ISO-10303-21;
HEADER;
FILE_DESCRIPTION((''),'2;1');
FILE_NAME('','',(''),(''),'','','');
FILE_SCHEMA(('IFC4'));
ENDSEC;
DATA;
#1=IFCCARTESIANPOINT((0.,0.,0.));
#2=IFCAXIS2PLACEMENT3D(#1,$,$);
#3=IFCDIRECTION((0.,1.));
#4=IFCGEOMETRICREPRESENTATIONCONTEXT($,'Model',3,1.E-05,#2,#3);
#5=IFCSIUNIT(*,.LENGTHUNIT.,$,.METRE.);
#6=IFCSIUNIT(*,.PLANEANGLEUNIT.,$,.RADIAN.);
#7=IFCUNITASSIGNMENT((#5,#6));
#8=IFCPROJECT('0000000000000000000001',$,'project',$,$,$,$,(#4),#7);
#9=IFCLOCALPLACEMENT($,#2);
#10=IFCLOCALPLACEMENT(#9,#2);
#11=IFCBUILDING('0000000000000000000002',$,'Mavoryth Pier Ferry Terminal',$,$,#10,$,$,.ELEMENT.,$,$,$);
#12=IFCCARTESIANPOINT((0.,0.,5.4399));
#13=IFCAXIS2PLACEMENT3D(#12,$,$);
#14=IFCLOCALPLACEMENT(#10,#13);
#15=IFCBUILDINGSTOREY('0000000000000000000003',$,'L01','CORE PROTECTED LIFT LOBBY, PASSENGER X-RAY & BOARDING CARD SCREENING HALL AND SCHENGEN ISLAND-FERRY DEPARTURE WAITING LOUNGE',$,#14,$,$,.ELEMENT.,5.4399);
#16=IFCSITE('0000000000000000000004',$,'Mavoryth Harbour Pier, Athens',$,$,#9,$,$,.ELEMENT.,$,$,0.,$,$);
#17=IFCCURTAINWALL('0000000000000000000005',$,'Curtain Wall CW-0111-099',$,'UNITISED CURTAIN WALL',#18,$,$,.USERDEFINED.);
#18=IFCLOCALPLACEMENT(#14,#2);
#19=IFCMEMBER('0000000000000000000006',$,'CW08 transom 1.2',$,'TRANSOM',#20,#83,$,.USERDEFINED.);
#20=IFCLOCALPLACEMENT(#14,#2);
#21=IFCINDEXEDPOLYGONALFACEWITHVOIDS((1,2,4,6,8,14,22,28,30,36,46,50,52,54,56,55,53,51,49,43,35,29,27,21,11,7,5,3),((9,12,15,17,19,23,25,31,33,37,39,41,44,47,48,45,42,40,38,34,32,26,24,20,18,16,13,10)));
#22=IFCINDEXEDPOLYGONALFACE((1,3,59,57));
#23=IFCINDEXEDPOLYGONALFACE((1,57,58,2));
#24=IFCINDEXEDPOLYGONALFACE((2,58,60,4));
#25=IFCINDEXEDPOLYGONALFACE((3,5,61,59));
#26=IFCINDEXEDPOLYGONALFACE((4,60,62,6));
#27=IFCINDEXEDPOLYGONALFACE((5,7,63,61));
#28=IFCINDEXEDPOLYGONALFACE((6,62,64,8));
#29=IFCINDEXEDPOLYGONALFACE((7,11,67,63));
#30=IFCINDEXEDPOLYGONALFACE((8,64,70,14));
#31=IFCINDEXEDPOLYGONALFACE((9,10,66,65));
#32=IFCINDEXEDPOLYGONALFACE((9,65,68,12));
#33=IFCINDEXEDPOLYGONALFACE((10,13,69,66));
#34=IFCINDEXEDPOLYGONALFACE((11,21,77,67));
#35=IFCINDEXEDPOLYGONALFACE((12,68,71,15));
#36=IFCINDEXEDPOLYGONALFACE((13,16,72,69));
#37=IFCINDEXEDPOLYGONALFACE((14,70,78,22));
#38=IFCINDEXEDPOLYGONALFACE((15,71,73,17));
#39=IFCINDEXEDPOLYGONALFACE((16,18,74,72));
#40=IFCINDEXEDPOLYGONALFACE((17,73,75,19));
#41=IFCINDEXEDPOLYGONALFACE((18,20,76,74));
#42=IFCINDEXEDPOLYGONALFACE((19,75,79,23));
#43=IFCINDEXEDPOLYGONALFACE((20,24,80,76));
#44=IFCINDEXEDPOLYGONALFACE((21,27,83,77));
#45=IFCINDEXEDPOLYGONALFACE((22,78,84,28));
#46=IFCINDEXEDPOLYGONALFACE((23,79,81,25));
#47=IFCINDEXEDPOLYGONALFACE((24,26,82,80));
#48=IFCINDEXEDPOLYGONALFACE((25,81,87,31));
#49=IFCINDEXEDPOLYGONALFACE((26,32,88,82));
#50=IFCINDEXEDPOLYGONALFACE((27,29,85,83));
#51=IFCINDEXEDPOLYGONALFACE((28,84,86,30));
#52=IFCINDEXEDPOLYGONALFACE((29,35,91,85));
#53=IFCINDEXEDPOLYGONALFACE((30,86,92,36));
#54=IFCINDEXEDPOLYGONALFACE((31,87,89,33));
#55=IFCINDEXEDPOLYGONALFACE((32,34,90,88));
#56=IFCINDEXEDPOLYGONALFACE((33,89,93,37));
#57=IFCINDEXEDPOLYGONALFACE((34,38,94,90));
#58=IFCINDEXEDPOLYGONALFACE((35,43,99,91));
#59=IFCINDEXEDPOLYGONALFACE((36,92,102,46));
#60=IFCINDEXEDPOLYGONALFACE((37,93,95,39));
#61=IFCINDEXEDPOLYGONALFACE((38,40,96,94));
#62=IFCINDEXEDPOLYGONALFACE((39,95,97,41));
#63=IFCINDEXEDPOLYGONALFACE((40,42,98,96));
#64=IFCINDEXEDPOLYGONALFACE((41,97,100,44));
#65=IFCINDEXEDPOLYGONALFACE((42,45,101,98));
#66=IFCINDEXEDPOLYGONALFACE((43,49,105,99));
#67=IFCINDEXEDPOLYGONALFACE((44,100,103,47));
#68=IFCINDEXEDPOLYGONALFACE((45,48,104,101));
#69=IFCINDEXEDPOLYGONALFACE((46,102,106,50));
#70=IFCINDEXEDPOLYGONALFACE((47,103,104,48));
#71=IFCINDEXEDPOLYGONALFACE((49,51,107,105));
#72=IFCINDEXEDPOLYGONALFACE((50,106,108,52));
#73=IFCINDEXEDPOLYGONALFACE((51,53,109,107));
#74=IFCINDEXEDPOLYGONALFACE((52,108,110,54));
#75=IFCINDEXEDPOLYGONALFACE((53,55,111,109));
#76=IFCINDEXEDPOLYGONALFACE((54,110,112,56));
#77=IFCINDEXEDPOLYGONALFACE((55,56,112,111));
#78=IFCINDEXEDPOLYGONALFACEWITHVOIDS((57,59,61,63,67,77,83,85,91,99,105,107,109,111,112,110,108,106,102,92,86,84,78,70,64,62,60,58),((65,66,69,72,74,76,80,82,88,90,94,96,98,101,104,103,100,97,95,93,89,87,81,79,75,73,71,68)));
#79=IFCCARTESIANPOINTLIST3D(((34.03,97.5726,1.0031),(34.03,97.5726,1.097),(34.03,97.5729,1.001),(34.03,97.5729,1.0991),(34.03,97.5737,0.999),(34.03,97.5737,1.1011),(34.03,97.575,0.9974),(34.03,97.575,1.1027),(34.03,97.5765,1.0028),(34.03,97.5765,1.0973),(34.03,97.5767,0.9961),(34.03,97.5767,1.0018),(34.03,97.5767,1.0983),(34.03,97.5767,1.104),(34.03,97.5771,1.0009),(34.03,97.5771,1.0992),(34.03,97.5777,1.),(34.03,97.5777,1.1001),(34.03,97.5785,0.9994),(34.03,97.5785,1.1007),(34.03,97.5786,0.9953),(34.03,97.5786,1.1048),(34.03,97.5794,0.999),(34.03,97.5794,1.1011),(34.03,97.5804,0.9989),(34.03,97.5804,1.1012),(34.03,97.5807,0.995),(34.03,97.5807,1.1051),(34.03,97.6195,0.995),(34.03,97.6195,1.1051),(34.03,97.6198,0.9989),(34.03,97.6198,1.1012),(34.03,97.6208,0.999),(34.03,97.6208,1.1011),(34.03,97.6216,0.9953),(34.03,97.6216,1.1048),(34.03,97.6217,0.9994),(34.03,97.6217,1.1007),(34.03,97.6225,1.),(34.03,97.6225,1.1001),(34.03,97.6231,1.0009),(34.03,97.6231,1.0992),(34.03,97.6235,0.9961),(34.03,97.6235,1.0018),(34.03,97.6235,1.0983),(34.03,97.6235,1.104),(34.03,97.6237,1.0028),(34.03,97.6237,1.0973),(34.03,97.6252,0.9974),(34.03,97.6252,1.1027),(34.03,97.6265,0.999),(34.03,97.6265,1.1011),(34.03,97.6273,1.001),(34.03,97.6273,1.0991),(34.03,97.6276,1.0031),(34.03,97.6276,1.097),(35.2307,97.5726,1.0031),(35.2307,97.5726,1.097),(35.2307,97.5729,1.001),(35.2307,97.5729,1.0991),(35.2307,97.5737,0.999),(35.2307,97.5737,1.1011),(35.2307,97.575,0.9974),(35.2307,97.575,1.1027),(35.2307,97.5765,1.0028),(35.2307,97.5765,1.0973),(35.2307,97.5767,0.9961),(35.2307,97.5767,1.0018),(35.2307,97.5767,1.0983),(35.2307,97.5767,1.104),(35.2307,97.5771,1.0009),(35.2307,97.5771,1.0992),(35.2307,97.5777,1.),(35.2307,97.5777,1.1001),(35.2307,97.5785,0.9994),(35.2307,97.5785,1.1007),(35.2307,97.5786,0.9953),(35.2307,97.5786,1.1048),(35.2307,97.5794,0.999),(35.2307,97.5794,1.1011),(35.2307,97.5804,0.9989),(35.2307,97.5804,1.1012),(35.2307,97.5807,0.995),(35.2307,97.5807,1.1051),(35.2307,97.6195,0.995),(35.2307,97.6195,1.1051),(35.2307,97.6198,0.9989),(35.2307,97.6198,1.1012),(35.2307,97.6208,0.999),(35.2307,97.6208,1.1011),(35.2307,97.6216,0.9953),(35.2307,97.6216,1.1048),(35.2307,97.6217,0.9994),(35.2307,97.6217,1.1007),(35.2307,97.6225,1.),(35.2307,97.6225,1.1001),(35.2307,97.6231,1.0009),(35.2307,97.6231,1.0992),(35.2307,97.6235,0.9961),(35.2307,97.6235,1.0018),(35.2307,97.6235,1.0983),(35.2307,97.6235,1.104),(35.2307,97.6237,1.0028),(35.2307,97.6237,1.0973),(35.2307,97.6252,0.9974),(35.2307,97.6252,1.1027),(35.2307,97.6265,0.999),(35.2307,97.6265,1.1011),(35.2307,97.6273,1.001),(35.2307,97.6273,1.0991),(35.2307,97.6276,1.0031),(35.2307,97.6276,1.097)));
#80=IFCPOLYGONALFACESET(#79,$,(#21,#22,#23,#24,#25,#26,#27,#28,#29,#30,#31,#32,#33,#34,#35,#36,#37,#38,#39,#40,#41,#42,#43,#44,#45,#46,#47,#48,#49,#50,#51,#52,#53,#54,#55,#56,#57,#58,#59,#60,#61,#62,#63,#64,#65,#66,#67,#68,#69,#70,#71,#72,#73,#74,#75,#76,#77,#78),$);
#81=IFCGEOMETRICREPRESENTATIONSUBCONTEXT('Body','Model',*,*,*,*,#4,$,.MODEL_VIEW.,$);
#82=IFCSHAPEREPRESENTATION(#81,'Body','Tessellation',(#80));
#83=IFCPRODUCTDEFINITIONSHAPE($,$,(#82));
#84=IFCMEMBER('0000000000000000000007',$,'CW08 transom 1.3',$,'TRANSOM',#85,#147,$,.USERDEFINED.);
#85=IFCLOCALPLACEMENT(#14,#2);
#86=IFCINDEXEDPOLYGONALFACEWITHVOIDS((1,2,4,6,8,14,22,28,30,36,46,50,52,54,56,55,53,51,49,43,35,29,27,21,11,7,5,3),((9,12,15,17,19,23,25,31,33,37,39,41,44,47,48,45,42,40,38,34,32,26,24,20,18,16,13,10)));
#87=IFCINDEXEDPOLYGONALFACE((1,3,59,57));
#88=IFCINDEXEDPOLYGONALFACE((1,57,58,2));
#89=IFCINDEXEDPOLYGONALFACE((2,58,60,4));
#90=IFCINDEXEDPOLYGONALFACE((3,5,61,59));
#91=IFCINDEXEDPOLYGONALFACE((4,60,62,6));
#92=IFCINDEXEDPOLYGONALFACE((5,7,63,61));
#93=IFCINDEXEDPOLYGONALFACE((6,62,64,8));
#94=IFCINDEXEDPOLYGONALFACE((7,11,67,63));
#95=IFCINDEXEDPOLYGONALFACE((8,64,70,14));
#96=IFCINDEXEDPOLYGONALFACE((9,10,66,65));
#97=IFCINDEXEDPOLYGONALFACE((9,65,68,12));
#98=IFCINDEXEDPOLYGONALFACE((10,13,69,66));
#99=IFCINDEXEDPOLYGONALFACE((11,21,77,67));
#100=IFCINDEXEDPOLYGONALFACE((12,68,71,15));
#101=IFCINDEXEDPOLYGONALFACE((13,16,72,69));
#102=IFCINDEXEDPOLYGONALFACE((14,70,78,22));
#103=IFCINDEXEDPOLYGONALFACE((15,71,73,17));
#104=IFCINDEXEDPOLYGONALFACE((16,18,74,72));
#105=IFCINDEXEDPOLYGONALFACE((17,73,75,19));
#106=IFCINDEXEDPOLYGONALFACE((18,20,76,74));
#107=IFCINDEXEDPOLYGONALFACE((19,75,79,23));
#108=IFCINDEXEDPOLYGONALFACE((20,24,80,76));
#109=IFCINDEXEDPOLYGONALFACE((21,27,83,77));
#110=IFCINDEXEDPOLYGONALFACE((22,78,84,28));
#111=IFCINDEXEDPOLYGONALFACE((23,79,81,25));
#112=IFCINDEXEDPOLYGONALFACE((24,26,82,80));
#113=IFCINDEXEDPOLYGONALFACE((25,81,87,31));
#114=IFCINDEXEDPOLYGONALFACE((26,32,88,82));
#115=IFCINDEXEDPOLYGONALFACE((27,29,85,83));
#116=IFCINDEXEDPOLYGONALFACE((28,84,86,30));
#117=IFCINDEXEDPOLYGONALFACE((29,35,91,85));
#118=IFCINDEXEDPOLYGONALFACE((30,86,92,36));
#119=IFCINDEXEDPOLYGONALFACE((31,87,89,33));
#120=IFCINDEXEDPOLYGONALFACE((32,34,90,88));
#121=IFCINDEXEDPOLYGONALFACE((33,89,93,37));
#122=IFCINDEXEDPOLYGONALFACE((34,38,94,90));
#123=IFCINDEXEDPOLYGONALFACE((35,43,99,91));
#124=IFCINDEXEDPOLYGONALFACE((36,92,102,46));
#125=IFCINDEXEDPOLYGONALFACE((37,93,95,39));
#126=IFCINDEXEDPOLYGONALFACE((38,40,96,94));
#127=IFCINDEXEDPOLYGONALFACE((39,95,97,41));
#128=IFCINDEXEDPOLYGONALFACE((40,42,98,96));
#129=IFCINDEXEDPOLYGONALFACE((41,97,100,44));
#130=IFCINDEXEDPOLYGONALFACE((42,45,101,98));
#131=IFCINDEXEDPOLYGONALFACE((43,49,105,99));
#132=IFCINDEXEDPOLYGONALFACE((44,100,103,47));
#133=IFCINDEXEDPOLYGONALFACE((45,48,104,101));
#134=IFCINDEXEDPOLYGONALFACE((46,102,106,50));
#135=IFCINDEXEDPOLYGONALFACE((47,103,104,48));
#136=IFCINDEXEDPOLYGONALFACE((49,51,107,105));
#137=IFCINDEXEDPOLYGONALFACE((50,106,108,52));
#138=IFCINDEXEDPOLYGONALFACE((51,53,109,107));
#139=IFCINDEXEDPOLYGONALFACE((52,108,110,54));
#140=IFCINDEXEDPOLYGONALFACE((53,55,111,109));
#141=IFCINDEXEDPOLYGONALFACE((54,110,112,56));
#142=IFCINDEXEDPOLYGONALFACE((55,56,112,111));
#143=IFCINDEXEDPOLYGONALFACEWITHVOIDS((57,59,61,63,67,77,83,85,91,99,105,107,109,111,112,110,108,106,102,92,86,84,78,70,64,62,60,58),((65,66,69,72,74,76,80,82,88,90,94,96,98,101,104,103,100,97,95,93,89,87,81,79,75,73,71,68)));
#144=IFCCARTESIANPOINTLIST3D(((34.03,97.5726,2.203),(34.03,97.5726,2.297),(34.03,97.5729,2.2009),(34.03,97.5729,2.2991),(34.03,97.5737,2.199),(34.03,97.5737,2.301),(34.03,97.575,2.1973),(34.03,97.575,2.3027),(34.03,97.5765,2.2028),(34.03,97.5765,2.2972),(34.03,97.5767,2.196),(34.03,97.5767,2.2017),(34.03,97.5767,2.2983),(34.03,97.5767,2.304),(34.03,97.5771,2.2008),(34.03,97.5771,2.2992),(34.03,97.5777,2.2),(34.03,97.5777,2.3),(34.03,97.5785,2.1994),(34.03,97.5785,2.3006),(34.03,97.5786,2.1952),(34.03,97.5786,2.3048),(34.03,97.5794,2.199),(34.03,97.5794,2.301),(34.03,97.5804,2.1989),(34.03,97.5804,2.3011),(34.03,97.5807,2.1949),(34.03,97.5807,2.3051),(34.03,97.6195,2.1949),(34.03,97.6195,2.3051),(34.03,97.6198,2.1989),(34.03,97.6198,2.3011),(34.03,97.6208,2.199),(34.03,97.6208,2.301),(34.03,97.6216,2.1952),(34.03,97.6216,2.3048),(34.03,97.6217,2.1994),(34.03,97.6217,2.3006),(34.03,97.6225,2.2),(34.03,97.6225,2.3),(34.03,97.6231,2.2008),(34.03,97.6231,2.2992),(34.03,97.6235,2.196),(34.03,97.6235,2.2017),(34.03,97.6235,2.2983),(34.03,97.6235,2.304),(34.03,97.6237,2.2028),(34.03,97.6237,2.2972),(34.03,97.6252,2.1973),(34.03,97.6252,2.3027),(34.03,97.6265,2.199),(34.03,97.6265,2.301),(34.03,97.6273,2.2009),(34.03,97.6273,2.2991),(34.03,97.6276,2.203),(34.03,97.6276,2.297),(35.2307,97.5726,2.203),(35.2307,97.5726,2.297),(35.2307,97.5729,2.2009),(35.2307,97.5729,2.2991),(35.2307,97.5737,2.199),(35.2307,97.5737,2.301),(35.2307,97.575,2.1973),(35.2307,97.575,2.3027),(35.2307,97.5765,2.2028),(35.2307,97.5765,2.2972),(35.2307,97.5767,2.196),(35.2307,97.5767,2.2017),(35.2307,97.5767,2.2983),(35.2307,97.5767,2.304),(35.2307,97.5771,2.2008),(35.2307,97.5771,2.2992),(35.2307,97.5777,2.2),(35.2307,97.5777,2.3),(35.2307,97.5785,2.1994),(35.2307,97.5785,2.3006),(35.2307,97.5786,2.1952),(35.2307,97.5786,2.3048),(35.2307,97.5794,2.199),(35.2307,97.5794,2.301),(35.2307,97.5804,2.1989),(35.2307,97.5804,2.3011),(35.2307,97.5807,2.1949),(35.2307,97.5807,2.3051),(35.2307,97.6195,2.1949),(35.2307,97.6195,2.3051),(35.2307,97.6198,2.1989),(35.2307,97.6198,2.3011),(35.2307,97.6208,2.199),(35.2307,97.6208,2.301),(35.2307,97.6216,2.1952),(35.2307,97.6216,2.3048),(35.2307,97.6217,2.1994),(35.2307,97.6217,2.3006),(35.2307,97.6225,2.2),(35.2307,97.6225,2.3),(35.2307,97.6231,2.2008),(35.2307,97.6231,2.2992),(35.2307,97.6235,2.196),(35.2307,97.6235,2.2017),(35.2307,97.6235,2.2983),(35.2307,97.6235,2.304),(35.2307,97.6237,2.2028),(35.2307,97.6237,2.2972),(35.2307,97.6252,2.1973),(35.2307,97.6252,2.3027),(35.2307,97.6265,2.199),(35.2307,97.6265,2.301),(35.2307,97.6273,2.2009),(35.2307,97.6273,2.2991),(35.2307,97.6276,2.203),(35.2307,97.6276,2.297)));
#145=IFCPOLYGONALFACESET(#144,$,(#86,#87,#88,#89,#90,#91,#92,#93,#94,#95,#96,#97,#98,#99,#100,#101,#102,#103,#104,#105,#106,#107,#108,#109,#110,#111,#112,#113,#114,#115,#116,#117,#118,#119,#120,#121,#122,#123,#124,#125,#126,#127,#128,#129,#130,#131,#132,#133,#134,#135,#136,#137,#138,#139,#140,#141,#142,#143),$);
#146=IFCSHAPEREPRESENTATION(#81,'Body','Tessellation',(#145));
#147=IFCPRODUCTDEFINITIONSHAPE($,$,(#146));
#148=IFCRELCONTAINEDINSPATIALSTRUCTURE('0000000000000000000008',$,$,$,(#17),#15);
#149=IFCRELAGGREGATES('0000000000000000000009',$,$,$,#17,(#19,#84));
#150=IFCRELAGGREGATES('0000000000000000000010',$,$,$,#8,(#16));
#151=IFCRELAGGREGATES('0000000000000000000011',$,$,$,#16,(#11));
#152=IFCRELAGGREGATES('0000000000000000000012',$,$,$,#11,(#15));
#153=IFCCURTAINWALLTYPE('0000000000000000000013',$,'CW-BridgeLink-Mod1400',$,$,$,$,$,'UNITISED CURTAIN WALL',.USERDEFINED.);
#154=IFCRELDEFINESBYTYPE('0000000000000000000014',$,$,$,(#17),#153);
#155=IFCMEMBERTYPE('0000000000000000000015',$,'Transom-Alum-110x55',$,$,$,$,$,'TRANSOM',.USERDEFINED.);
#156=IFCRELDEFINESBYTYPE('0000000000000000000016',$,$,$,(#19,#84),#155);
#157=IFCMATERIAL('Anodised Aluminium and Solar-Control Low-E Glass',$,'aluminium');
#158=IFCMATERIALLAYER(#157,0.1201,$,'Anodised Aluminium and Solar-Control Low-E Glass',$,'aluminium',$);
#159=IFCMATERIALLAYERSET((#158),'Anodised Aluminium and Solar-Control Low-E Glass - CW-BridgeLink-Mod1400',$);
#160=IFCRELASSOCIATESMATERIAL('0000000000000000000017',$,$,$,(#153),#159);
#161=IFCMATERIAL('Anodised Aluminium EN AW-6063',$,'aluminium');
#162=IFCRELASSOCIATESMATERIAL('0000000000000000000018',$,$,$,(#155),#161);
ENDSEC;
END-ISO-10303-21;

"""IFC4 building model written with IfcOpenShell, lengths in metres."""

from ifc_helpers import new_model, si_unit, direction, frame, origin, origin_2d, place, context, subcontext, project, spatial, hollow_rectangle, extrude, material, layer, layer_set, material_profile, profile_set, type_object, element, aggregate, save


model = new_model("IFC4")

# Units and contexts
model_context = context("Model", 3, precision=1e-05, world=origin(), true_north=direction((0.0, 1.0)))
body_context = subcontext(model_context, "Body", "Model", "MODEL_VIEW")
ifc_project = project(units=[si_unit("LENGTHUNIT", "METRE"), si_unit("PLANEANGLEUNIT", "RADIAN")], contexts=[model_context])

# Site, building, storey
site_placement = place(None, origin())
site = spatial("IfcSite", under=ifc_project, at=site_placement, Name="Mavoryth Harbour Pier, Athens", CompositionType="ELEMENT", RefElevation=0.0)
building_placement = place(site_placement, origin())
building = spatial("IfcBuilding", under=site, at=building_placement, Name="Mavoryth Pier Ferry Terminal", CompositionType="ELEMENT")
storey_placement = place(building_placement, frame((0.0, 0.0, 5.4399)))
storey = spatial("IfcBuildingStorey", under=building, at=storey_placement, Name="L01", Description="CORE PROTECTED LIFT LOBBY, PASSENGER X-RAY & BOARDING CARD SCREENING HALL AND SCHENGEN ISLAND-FERRY DEPARTURE WAITING LOUNGE", CompositionType="ELEMENT", Elevation=5.4399)

# Shared definitions
ifc_material_1 = material(Name="Anodised Aluminium and Solar-Control Low-E Glass", Category="aluminium")
ifc_layer_1 = layer(ifc_material_1, 0.1201, Name="Anodised Aluminium and Solar-Control Low-E Glass", Category="aluminium")
ifc_layer_set_1 = layer_set([ifc_layer_1], Name="Anodised Aluminium and Solar-Control Low-E Glass - CW-BridgeLink-Mod1400")
curtain_wall_type = type_object("IfcCurtainWallType", Name="CW-BridgeLink-Mod1400", ElementType="UNITISED CURTAIN WALL", PredefinedType="USERDEFINED", material=ifc_layer_set_1)
ifc_material_2 = material(Name="Anodised Aluminium EN AW-6063", Category="aluminium")

# Curtain wall
curtain_wall_1_placement = place(storey_placement, origin())
curtain_wall_1 = element("IfcCurtainWall", 1, at=curtain_wall_1_placement, inside=storey, type_object=curtain_wall_type, Name="Curtain Wall CW-0111-099", ObjectType="UNITISED CURTAIN WALL", PredefinedType="USERDEFINED")

# Members
ifc_material_profile_1 = material_profile(ifc_material_2, hollow_rectangle(XDim=0.0549, YDim=0.1101, WallThickness=0.0039, InnerFilletRadius=0.0039, OuterFilletRadius=0.0081, at=origin_2d()), Name="AL-TRAN 110x55x4", Category="aluminium")
ifc_profile_set_1 = profile_set([ifc_material_profile_1], Name="Anodised Aluminium EN AW-6063 - AL-TRAN 110x55x4")
member_type_1 = type_object("IfcMemberType", Name="Transom-Alum-110x55", ElementType="TRANSOM", PredefinedType="USERDEFINED", material=ifc_profile_set_1)
member_1_placement = place(storey_placement, frame((34.03, 97.6001, 1.05), z_axis=(1.0, 0.0, 0.0), x_axis=(0.0, 1.0, 0.0)))
member_1 = element("IfcMember", 2, at=member_1_placement, type_object=member_type_1, Name="CW08 transom 1.2", ObjectType="TRANSOM", PredefinedType="USERDEFINED", context=body_context, shape_type="SweptSolid", body=[
    extrude(hollow_rectangle(XDim=0.0549, YDim=0.1101, WallThickness=0.0039, InnerFilletRadius=0.0039, OuterFilletRadius=0.0081, at=origin_2d()), origin(), (0.0, 0.0, 1.0), 1.2007),
])
member_2_placement = place(storey_placement, frame((34.03, 97.6001, 2.25), z_axis=(1.0, 0.0, 0.0), x_axis=(0.0, 1.0, 0.0)))
member_2 = element("IfcMember", 3, at=member_2_placement, type_object=member_type_1, Name="CW08 transom 1.3", ObjectType="TRANSOM", PredefinedType="USERDEFINED", context=body_context, shape_type="SweptSolid", body=[
    extrude(hollow_rectangle(XDim=0.0549, YDim=0.1101, WallThickness=0.0039, InnerFilletRadius=0.0039, OuterFilletRadius=0.0081, at=origin_2d()), origin(), (0.0, 0.0, 1.0), 1.2007),
])

aggregate(curtain_wall_1, [member_1, member_2])

save(model, "model.ifc")
